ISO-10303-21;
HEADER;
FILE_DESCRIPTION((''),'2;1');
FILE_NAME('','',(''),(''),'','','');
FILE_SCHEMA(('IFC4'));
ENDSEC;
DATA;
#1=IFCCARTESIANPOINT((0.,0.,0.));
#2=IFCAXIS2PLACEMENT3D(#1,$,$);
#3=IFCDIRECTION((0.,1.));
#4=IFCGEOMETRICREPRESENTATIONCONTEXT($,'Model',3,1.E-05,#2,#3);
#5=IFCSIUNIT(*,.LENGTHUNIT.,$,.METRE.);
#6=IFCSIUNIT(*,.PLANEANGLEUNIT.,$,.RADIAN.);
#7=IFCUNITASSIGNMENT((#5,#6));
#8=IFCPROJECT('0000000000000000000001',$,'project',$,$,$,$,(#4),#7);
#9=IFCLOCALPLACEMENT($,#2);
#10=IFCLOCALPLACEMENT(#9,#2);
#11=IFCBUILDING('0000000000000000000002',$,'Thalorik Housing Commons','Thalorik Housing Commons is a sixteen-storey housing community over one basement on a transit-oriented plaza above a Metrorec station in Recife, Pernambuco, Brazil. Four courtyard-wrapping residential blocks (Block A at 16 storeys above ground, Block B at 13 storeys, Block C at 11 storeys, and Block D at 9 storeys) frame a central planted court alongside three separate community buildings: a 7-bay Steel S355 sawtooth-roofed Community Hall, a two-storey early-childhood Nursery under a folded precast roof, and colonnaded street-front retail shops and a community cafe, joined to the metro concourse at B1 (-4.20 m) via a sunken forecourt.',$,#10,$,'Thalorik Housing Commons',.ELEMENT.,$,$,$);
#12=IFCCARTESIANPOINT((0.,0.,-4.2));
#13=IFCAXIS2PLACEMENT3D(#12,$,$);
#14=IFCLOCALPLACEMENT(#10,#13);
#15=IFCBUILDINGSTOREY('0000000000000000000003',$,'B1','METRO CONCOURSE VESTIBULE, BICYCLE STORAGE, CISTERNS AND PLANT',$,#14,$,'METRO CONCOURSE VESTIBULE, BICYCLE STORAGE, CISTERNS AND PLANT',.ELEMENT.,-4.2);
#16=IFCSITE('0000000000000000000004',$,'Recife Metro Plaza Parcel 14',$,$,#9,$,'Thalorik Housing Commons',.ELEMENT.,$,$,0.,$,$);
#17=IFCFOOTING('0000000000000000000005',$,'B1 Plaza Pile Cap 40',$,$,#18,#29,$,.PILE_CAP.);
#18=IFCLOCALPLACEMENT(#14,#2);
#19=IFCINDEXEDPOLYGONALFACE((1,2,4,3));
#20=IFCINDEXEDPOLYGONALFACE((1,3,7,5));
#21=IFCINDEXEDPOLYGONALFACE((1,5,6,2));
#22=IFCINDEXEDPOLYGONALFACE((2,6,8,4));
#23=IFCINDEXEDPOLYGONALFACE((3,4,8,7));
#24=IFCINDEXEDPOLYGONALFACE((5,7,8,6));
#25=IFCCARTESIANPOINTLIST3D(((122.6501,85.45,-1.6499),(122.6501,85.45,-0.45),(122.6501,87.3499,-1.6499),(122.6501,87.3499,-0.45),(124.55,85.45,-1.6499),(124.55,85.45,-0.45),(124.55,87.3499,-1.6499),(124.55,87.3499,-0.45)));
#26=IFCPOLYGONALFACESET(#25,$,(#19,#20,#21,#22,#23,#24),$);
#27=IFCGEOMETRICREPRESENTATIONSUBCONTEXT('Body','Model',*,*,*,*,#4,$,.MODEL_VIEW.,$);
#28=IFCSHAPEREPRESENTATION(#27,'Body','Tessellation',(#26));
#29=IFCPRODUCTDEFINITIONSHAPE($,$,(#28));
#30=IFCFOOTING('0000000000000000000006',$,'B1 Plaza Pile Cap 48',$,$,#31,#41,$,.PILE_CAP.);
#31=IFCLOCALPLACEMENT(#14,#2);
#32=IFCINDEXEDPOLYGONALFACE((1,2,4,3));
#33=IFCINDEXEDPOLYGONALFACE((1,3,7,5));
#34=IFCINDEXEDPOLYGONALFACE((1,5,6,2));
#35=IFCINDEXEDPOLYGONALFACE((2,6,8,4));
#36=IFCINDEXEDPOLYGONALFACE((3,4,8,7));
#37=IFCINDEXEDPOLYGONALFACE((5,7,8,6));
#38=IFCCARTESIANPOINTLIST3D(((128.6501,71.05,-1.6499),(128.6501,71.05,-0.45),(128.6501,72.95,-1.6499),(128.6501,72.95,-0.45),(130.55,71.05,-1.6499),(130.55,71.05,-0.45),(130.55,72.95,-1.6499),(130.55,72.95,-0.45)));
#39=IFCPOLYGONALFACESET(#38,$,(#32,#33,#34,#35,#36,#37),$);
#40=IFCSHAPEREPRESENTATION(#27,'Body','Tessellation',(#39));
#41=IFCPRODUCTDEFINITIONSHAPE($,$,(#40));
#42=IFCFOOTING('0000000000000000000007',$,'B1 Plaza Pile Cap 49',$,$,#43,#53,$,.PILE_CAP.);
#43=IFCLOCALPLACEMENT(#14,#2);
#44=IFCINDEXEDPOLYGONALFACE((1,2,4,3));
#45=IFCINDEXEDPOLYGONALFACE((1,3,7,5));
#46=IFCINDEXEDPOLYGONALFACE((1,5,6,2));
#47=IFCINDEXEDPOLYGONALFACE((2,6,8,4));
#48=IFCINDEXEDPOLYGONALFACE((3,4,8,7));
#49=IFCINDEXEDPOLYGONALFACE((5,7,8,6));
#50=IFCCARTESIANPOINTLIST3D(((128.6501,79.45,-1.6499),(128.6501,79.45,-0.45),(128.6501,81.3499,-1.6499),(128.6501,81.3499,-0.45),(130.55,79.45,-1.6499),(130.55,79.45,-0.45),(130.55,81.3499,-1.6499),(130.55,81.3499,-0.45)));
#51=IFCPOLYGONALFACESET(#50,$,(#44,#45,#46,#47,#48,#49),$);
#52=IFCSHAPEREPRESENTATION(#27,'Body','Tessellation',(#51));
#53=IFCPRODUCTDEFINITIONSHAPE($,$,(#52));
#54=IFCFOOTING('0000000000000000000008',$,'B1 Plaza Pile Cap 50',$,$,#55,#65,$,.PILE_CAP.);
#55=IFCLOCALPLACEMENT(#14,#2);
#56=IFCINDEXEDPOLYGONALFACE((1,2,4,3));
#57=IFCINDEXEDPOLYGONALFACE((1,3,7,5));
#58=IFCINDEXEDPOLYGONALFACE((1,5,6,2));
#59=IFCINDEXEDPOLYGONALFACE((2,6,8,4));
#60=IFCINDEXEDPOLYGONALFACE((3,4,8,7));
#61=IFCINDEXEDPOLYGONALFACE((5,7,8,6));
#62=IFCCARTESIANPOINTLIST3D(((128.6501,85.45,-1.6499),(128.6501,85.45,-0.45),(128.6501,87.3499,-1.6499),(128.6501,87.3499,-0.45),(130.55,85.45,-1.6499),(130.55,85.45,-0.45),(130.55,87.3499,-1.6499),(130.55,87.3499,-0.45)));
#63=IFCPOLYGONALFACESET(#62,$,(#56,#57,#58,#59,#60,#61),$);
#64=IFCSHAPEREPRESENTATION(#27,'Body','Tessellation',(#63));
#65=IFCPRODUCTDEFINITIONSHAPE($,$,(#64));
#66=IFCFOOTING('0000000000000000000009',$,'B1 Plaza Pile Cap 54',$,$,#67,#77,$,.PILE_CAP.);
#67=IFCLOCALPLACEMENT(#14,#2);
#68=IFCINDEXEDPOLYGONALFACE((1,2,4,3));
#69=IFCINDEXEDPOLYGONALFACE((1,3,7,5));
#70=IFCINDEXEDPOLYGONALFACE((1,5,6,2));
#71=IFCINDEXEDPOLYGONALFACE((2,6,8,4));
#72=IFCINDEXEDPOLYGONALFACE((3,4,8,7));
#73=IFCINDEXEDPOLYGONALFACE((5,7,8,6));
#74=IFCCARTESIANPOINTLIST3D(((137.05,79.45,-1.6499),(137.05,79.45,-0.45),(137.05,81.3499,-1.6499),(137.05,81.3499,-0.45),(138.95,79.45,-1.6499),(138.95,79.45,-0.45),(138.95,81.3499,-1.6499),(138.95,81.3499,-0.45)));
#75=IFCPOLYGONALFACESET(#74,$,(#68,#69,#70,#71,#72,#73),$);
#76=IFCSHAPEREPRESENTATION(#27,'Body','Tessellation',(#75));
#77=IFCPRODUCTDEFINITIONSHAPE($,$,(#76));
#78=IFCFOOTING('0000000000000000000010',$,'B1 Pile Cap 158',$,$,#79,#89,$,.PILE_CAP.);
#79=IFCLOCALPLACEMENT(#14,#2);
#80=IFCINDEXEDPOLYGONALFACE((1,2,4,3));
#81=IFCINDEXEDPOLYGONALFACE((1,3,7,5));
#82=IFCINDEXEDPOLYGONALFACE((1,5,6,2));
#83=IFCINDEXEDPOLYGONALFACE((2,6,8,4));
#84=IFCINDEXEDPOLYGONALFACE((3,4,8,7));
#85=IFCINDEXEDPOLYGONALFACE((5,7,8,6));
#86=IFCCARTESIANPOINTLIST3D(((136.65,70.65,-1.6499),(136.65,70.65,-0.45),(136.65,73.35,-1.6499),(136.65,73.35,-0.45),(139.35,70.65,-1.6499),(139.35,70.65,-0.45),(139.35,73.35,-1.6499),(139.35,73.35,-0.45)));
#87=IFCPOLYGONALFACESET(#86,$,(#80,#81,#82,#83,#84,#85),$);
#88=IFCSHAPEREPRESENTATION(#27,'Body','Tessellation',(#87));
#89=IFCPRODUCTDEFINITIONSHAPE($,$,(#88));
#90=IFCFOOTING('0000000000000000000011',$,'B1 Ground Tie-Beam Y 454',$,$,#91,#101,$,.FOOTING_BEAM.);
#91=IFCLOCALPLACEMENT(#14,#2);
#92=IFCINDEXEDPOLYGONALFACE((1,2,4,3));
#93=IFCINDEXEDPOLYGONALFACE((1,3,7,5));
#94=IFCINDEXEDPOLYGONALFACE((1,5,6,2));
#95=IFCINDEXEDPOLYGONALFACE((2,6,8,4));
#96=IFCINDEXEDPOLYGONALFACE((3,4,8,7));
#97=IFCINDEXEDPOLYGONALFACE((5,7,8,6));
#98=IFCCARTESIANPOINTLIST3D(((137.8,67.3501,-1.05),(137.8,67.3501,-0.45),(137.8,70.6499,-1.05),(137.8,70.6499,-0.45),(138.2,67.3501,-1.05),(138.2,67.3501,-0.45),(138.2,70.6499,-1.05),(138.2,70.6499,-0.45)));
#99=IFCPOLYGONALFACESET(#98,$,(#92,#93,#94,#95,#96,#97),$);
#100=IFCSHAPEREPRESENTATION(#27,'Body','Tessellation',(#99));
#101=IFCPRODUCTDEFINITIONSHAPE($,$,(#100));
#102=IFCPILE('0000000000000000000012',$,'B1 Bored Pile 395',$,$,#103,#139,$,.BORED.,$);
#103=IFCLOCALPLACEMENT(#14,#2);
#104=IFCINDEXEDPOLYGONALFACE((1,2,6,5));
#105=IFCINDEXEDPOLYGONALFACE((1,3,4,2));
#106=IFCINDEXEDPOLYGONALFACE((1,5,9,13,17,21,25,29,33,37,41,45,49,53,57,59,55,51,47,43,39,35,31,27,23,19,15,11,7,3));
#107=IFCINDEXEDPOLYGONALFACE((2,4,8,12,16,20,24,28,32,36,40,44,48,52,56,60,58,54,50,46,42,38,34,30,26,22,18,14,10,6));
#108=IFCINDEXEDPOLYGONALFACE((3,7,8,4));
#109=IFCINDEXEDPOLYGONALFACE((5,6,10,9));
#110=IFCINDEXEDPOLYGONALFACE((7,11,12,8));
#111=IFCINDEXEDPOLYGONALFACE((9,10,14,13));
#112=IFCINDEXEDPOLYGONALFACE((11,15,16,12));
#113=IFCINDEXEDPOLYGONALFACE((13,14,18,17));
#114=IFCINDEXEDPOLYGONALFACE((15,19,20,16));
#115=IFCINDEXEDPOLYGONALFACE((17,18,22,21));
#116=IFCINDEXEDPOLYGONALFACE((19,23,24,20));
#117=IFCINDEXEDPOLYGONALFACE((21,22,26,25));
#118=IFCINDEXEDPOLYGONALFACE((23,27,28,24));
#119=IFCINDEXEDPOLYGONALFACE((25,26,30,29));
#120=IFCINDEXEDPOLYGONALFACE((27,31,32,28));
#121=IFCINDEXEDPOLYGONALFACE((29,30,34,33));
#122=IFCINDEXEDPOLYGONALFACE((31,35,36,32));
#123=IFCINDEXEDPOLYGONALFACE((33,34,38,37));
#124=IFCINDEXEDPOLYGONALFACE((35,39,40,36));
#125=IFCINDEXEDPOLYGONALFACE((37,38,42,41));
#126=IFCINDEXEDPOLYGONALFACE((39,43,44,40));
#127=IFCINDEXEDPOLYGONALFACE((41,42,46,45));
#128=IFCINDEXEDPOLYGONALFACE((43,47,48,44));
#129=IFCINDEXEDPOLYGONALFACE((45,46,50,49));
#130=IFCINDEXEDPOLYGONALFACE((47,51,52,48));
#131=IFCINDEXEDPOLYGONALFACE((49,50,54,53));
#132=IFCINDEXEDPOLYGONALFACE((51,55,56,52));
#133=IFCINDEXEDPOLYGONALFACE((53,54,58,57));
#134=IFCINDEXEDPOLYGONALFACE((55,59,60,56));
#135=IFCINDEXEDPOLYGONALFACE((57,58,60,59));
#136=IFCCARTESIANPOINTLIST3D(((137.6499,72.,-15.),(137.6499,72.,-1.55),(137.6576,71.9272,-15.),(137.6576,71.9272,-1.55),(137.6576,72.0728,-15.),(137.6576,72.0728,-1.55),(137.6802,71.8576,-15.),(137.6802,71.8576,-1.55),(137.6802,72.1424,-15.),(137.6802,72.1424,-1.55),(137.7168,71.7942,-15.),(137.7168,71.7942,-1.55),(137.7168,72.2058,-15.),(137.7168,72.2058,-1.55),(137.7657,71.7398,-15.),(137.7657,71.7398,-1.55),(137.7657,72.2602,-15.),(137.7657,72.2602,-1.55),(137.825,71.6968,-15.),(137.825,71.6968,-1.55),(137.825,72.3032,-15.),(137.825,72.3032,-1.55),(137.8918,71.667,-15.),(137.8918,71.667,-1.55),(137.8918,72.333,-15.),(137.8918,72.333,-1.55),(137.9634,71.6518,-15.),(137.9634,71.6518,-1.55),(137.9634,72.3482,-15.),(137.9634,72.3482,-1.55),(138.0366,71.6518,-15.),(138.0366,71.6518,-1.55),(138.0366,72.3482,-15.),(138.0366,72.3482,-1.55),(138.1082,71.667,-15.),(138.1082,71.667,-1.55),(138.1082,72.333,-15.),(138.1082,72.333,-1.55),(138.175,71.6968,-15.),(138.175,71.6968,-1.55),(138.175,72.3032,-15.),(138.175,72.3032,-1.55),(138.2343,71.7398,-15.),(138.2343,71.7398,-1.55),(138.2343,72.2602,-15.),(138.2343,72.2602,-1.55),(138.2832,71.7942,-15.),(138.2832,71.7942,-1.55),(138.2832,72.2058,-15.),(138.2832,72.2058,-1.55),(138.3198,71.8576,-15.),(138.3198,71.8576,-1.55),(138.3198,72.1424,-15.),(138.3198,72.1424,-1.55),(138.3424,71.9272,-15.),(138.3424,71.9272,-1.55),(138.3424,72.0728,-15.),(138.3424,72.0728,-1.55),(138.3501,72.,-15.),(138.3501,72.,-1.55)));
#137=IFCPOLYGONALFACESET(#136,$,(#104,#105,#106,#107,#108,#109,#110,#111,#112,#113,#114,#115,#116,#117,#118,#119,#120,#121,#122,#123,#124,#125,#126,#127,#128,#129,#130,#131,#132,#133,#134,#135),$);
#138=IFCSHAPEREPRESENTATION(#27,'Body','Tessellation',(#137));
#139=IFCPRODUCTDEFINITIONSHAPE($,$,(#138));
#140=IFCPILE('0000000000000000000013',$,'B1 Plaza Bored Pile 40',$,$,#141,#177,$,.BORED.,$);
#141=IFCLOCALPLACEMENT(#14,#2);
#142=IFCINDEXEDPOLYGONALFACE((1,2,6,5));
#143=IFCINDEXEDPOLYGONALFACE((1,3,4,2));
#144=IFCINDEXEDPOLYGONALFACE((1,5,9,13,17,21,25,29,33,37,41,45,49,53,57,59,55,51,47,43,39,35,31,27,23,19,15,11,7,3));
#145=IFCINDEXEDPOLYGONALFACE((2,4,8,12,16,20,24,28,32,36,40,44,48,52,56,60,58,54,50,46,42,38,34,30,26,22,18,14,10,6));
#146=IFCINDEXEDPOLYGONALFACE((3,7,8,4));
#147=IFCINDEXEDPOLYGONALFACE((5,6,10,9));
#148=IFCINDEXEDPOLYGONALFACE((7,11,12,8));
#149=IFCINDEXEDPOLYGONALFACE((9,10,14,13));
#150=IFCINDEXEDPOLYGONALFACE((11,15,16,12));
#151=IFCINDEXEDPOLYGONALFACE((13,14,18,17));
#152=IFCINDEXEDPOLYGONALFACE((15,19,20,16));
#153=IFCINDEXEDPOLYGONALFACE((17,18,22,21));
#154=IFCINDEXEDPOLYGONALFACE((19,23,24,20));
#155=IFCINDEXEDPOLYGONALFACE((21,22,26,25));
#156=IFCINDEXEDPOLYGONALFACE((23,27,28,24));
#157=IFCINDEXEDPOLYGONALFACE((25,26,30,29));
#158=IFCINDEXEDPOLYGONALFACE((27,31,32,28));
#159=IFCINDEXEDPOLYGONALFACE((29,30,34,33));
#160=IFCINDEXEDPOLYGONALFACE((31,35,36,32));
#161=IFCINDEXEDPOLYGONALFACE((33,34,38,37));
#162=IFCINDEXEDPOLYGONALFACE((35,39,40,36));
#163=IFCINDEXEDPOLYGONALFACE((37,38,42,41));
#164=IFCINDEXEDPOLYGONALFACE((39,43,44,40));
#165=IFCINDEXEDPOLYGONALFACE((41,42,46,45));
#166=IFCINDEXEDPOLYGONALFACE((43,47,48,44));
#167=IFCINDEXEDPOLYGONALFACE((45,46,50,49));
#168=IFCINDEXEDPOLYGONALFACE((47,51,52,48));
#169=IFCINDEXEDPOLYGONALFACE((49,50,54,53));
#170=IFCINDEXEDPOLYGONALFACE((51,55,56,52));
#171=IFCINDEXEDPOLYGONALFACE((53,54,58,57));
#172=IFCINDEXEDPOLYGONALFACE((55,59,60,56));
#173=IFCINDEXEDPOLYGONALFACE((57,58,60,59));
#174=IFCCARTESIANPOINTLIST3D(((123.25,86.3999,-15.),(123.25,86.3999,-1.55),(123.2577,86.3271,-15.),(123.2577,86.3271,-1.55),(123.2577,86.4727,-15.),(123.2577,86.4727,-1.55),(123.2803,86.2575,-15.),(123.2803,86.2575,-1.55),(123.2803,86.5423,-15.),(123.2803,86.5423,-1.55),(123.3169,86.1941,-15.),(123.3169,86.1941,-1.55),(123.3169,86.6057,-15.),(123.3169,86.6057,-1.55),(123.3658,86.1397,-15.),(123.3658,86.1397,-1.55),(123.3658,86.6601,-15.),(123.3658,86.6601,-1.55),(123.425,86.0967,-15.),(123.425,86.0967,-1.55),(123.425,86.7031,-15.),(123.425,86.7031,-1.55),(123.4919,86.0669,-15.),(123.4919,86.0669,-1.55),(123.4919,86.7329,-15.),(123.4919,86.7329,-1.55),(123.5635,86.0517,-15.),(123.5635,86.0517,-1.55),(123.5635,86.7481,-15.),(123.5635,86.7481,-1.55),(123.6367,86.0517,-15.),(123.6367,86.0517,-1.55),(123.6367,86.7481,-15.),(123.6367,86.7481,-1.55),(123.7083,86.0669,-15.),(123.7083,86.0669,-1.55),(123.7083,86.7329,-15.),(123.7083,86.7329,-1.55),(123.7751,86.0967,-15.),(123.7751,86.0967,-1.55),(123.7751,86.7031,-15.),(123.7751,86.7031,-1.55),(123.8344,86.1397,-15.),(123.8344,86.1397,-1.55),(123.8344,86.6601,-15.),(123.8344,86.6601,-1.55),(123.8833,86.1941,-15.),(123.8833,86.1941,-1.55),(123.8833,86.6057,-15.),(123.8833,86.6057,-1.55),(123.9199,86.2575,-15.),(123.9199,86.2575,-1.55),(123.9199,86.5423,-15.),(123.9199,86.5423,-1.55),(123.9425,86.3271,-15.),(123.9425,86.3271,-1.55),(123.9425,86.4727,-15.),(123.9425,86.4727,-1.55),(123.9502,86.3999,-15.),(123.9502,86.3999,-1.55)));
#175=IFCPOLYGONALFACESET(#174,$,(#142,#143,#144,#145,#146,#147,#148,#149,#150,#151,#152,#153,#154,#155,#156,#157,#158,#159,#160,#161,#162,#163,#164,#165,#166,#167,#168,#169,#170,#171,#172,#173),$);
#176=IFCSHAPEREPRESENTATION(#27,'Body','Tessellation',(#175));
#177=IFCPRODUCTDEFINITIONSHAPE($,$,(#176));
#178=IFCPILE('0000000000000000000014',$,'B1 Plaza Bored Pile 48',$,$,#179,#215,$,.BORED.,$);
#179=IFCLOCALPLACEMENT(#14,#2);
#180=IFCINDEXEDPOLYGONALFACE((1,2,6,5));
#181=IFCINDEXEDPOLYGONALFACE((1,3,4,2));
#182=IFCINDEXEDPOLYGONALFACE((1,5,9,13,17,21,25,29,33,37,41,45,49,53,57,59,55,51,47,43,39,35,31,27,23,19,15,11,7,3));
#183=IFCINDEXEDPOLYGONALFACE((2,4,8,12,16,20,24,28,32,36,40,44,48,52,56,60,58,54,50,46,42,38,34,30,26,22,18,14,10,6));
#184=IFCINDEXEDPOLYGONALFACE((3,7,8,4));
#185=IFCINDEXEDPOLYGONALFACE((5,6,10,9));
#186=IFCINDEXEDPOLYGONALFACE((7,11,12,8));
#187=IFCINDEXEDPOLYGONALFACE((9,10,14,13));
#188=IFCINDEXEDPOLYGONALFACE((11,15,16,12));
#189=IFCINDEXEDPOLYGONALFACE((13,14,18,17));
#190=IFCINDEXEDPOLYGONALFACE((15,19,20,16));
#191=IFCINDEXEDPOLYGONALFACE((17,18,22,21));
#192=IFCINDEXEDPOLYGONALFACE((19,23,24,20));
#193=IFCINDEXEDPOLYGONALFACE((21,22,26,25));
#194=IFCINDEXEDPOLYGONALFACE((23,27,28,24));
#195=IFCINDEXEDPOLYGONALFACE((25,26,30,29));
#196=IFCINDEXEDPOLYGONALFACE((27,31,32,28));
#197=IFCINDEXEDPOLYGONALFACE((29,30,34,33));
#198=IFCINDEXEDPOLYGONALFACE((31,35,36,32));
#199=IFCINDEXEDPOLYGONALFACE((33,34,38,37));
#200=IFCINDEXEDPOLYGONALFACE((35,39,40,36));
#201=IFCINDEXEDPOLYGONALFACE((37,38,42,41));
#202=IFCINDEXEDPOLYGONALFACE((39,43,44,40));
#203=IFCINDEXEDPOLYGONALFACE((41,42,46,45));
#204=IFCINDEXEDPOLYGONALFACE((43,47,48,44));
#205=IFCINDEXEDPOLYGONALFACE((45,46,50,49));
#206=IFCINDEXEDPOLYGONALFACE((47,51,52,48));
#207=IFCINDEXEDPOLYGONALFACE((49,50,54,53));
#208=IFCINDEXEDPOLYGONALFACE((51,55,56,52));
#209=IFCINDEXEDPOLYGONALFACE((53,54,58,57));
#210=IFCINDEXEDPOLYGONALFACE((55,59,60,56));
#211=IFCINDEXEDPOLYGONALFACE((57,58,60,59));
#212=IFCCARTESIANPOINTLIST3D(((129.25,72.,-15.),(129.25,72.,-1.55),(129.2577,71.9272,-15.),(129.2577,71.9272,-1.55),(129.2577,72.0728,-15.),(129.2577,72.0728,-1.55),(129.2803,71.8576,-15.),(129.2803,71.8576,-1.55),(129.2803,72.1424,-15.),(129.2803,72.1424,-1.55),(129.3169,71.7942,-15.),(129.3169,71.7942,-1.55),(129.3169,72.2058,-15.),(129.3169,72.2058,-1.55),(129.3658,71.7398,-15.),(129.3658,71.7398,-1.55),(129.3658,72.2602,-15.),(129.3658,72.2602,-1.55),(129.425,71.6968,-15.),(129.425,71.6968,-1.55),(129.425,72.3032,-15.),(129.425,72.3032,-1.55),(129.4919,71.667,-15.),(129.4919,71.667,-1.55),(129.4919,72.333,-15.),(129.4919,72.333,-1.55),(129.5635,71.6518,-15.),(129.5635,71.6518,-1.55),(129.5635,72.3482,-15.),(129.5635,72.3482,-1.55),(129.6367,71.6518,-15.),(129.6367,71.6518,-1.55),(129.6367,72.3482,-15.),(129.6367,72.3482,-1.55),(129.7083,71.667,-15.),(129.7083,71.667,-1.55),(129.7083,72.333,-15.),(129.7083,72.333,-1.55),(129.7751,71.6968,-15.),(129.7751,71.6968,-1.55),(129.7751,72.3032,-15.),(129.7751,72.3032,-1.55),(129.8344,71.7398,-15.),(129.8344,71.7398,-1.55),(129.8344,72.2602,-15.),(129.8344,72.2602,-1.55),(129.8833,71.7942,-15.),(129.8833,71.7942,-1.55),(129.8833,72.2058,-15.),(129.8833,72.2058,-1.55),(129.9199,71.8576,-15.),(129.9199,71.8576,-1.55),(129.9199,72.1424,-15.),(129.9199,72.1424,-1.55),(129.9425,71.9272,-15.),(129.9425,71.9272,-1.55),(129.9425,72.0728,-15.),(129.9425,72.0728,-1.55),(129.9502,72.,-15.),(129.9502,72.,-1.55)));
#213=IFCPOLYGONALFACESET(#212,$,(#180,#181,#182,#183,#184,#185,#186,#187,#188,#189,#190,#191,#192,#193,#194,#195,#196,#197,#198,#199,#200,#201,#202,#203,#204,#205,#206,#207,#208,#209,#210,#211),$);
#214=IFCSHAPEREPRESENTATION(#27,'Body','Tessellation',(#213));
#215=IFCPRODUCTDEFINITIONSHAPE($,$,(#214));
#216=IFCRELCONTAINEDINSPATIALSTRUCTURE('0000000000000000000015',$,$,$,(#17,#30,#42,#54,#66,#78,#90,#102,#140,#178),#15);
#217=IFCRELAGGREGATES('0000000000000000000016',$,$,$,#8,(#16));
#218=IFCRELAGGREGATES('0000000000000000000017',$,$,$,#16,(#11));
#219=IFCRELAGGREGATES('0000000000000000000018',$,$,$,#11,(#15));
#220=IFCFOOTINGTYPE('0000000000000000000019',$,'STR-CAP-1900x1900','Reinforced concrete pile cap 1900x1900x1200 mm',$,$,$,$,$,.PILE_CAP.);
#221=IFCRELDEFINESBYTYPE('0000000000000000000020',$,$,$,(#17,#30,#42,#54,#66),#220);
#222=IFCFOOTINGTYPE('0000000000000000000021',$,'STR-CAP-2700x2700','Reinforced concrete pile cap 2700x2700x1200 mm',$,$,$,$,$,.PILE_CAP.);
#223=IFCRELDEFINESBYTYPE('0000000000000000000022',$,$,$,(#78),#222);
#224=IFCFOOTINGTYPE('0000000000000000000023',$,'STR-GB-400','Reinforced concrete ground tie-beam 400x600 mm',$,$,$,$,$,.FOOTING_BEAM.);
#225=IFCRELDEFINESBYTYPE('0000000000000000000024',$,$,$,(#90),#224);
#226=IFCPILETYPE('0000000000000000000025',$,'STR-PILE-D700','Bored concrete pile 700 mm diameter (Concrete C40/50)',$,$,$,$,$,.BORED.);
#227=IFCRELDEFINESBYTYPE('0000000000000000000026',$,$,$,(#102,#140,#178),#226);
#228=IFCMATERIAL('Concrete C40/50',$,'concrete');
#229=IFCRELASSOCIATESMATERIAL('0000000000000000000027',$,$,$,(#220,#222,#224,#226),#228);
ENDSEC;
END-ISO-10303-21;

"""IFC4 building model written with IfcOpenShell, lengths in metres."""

from ifc_helpers import new_model, si_unit, direction, frame, origin, origin_2d, place, context, subcontext, project, spatial, rectangle, circle, extrude, material, material_profile, profile_set, type_object, element, save


model = new_model("IFC4")

# Units and contexts
model_context = context("Model", 3, precision=1e-05, world=origin(), true_north=direction((0.0, 1.0)))
body_context = subcontext(model_context, "Body", "Model", "MODEL_VIEW")
ifc_project = project(units=[si_unit("LENGTHUNIT", "METRE"), si_unit("PLANEANGLEUNIT", "RADIAN")], contexts=[model_context])

# Site, building, storey
site_placement = place(None, origin())
site = spatial("IfcSite", under=ifc_project, at=site_placement, Name="Recife Metro Plaza Parcel 14", LongName="Thalorik Housing Commons", CompositionType="ELEMENT", RefElevation=0.0)
building_placement = place(site_placement, origin())
building = spatial("IfcBuilding", under=site, at=building_placement, Name="Thalorik Housing Commons", Description="Thalorik Housing Commons is a sixteen-storey housing community over one basement on a transit-oriented plaza above a Metrorec station in Recife, Pernambuco, Brazil. Four courtyard-wrapping residential blocks (Block A at 16 storeys above ground, Block B at 13 storeys, Block C at 11 storeys, and Block D at 9 storeys) frame a central planted court alongside three separate community buildings: a 7-bay Steel S355 sawtooth-roofed Community Hall, a two-storey early-childhood Nursery under a folded precast roof, and colonnaded street-front retail shops and a community cafe, joined to the metro concourse at B1 (-4.20 m) via a sunken forecourt.", LongName="Thalorik Housing Commons", CompositionType="ELEMENT")
storey_placement = place(building_placement, frame((0.0, 0.0, -4.2)))
storey = spatial("IfcBuildingStorey", under=building, at=storey_placement, Name="B1", Description="METRO CONCOURSE VESTIBULE, BICYCLE STORAGE, CISTERNS AND PLANT", LongName="METRO CONCOURSE VESTIBULE, BICYCLE STORAGE, CISTERNS AND PLANT", CompositionType="ELEMENT", Elevation=-4.2)

# Footings
ifc_material_1 = material(Name="Concrete C40/50", Category="concrete")
footing_type_1 = type_object("IfcFootingType", Name="STR-CAP-1900x1900", Description="Reinforced concrete pile cap 1900x1900x1200 mm", PredefinedType="PILE_CAP", material=ifc_material_1)
for number, where, z_axis, x_axis, name in (
    (1, (123.6001, 86.3999, -1.6499), (0.0, 0.0, 1.0), (1.0, 0.0, 0.0), "B1 Plaza Pile Cap 40"),
    (2, (129.6001, 72.0, -1.6499), (0.0, 0.0, 1.0), (1.0, 0.0, 0.0), "B1 Plaza Pile Cap 48"),
    (3, (129.6001, 80.3999, -1.6499), (0.0, 0.0, 1.0), (1.0, 0.0, 0.0), "B1 Plaza Pile Cap 49"),
    (4, (129.6001, 86.3999, -1.6499), (0.0, 0.0, 1.0), (1.0, 0.0, 0.0), "B1 Plaza Pile Cap 50"),
    (5, (138.0, 80.3999, -1.6499), (0.0, 0.0, 1.0), (1.0, 0.0, 0.0), "B1 Plaza Pile Cap 54"),
):
    element("IfcFooting", number, at=place(storey_placement, frame(where, z_axis=z_axis, x_axis=x_axis)), inside=storey, type_object=footing_type_1, Name=name, PredefinedType="PILE_CAP", context=body_context, shape_type="SweptSolid", body=[
        extrude(rectangle(XDim=1.8999, YDim=1.8999, at=origin_2d()), origin(), (0.0, 0.0, 1.0), 1.2),
    ])
footing_type_2 = type_object("IfcFootingType", Name="STR-CAP-2700x2700", Description="Reinforced concrete pile cap 2700x2700x1200 mm", PredefinedType="PILE_CAP", material=ifc_material_1)
footing_1_placement = place(storey_placement, frame((138.0, 72.0, -1.6499), z_axis=(0.0, 0.0, 1.0), x_axis=(1.0, 0.0, 0.0)))
element("IfcFooting", 6, at=footing_1_placement, inside=storey, type_object=footing_type_2, Name="B1 Pile Cap 158", PredefinedType="PILE_CAP", context=body_context, shape_type="SweptSolid", body=[
    extrude(rectangle(XDim=2.7, YDim=2.7, at=origin_2d()), origin(), (0.0, 0.0, 1.0), 1.2),
])
ifc_material_profile_1 = material_profile(ifc_material_1, rectangle(XDim=0.3999, YDim=0.6001, at=origin_2d()), Name="RC 400x600", Category="concrete")
ifc_profile_set_1 = profile_set([ifc_material_profile_1], Name="Concrete C40/50")
footing_type_3 = type_object("IfcFootingType", Name="STR-GB-400", Description="Reinforced concrete ground tie-beam 400x600 mm", PredefinedType="FOOTING_BEAM", material=ifc_profile_set_1)
footing_2_placement = place(storey_placement, frame((138.0, 67.3501, -0.75), z_axis=(0.0, 1.0, 0.0), x_axis=(-1.0, 0.0, 0.0)))
element("IfcFooting", 7, at=footing_2_placement, inside=storey, type_object=footing_type_3, Name="B1 Ground Tie-Beam Y 454", PredefinedType="FOOTING_BEAM", context=body_context, shape_type="SweptSolid", body=[
    extrude(rectangle(XDim=0.3999, YDim=0.6001, at=origin_2d()), origin(), (0.0, 0.0, 1.0), 3.2998),
])

# Piles
ifc_material_profile_2 = material_profile(ifc_material_1, circle(Radius=0.3501, at=origin_2d()), Name="BORED PILE D700", Category="concrete")
ifc_profile_set_2 = profile_set([ifc_material_profile_2], Name="Concrete C40/50")
pile_type = type_object("IfcPileType", Name="STR-PILE-D700", Description="Bored concrete pile 700 mm diameter (Concrete C40/50)", PredefinedType="BORED", material=ifc_profile_set_2)
for number, where, z_axis, x_axis, name in (
    (8, (138.0, 72.0, -1.55), (0.0, 0.0, -1.0), (1.0, 0.0, 0.0), "B1 Bored Pile 395"),
    (9, (123.6001, 86.3999, -1.55), (0.0, 0.0, -1.0), (1.0, 0.0, 0.0), "B1 Plaza Bored Pile 40"),
    (10, (129.6001, 72.0, -1.55), (0.0, 0.0, -1.0), (1.0, 0.0, 0.0), "B1 Plaza Bored Pile 48"),
):
    element("IfcPile", number, at=place(storey_placement, frame(where, z_axis=z_axis, x_axis=x_axis)), inside=storey, type_object=pile_type, Name=name, PredefinedType="BORED", context=body_context, shape_type="SweptSolid", body=[
        extrude(circle(Radius=0.3501, at=origin_2d()), origin(), (0.0, 0.0, 1.0), 13.45),
    ])

save(model, "model.ifc")
